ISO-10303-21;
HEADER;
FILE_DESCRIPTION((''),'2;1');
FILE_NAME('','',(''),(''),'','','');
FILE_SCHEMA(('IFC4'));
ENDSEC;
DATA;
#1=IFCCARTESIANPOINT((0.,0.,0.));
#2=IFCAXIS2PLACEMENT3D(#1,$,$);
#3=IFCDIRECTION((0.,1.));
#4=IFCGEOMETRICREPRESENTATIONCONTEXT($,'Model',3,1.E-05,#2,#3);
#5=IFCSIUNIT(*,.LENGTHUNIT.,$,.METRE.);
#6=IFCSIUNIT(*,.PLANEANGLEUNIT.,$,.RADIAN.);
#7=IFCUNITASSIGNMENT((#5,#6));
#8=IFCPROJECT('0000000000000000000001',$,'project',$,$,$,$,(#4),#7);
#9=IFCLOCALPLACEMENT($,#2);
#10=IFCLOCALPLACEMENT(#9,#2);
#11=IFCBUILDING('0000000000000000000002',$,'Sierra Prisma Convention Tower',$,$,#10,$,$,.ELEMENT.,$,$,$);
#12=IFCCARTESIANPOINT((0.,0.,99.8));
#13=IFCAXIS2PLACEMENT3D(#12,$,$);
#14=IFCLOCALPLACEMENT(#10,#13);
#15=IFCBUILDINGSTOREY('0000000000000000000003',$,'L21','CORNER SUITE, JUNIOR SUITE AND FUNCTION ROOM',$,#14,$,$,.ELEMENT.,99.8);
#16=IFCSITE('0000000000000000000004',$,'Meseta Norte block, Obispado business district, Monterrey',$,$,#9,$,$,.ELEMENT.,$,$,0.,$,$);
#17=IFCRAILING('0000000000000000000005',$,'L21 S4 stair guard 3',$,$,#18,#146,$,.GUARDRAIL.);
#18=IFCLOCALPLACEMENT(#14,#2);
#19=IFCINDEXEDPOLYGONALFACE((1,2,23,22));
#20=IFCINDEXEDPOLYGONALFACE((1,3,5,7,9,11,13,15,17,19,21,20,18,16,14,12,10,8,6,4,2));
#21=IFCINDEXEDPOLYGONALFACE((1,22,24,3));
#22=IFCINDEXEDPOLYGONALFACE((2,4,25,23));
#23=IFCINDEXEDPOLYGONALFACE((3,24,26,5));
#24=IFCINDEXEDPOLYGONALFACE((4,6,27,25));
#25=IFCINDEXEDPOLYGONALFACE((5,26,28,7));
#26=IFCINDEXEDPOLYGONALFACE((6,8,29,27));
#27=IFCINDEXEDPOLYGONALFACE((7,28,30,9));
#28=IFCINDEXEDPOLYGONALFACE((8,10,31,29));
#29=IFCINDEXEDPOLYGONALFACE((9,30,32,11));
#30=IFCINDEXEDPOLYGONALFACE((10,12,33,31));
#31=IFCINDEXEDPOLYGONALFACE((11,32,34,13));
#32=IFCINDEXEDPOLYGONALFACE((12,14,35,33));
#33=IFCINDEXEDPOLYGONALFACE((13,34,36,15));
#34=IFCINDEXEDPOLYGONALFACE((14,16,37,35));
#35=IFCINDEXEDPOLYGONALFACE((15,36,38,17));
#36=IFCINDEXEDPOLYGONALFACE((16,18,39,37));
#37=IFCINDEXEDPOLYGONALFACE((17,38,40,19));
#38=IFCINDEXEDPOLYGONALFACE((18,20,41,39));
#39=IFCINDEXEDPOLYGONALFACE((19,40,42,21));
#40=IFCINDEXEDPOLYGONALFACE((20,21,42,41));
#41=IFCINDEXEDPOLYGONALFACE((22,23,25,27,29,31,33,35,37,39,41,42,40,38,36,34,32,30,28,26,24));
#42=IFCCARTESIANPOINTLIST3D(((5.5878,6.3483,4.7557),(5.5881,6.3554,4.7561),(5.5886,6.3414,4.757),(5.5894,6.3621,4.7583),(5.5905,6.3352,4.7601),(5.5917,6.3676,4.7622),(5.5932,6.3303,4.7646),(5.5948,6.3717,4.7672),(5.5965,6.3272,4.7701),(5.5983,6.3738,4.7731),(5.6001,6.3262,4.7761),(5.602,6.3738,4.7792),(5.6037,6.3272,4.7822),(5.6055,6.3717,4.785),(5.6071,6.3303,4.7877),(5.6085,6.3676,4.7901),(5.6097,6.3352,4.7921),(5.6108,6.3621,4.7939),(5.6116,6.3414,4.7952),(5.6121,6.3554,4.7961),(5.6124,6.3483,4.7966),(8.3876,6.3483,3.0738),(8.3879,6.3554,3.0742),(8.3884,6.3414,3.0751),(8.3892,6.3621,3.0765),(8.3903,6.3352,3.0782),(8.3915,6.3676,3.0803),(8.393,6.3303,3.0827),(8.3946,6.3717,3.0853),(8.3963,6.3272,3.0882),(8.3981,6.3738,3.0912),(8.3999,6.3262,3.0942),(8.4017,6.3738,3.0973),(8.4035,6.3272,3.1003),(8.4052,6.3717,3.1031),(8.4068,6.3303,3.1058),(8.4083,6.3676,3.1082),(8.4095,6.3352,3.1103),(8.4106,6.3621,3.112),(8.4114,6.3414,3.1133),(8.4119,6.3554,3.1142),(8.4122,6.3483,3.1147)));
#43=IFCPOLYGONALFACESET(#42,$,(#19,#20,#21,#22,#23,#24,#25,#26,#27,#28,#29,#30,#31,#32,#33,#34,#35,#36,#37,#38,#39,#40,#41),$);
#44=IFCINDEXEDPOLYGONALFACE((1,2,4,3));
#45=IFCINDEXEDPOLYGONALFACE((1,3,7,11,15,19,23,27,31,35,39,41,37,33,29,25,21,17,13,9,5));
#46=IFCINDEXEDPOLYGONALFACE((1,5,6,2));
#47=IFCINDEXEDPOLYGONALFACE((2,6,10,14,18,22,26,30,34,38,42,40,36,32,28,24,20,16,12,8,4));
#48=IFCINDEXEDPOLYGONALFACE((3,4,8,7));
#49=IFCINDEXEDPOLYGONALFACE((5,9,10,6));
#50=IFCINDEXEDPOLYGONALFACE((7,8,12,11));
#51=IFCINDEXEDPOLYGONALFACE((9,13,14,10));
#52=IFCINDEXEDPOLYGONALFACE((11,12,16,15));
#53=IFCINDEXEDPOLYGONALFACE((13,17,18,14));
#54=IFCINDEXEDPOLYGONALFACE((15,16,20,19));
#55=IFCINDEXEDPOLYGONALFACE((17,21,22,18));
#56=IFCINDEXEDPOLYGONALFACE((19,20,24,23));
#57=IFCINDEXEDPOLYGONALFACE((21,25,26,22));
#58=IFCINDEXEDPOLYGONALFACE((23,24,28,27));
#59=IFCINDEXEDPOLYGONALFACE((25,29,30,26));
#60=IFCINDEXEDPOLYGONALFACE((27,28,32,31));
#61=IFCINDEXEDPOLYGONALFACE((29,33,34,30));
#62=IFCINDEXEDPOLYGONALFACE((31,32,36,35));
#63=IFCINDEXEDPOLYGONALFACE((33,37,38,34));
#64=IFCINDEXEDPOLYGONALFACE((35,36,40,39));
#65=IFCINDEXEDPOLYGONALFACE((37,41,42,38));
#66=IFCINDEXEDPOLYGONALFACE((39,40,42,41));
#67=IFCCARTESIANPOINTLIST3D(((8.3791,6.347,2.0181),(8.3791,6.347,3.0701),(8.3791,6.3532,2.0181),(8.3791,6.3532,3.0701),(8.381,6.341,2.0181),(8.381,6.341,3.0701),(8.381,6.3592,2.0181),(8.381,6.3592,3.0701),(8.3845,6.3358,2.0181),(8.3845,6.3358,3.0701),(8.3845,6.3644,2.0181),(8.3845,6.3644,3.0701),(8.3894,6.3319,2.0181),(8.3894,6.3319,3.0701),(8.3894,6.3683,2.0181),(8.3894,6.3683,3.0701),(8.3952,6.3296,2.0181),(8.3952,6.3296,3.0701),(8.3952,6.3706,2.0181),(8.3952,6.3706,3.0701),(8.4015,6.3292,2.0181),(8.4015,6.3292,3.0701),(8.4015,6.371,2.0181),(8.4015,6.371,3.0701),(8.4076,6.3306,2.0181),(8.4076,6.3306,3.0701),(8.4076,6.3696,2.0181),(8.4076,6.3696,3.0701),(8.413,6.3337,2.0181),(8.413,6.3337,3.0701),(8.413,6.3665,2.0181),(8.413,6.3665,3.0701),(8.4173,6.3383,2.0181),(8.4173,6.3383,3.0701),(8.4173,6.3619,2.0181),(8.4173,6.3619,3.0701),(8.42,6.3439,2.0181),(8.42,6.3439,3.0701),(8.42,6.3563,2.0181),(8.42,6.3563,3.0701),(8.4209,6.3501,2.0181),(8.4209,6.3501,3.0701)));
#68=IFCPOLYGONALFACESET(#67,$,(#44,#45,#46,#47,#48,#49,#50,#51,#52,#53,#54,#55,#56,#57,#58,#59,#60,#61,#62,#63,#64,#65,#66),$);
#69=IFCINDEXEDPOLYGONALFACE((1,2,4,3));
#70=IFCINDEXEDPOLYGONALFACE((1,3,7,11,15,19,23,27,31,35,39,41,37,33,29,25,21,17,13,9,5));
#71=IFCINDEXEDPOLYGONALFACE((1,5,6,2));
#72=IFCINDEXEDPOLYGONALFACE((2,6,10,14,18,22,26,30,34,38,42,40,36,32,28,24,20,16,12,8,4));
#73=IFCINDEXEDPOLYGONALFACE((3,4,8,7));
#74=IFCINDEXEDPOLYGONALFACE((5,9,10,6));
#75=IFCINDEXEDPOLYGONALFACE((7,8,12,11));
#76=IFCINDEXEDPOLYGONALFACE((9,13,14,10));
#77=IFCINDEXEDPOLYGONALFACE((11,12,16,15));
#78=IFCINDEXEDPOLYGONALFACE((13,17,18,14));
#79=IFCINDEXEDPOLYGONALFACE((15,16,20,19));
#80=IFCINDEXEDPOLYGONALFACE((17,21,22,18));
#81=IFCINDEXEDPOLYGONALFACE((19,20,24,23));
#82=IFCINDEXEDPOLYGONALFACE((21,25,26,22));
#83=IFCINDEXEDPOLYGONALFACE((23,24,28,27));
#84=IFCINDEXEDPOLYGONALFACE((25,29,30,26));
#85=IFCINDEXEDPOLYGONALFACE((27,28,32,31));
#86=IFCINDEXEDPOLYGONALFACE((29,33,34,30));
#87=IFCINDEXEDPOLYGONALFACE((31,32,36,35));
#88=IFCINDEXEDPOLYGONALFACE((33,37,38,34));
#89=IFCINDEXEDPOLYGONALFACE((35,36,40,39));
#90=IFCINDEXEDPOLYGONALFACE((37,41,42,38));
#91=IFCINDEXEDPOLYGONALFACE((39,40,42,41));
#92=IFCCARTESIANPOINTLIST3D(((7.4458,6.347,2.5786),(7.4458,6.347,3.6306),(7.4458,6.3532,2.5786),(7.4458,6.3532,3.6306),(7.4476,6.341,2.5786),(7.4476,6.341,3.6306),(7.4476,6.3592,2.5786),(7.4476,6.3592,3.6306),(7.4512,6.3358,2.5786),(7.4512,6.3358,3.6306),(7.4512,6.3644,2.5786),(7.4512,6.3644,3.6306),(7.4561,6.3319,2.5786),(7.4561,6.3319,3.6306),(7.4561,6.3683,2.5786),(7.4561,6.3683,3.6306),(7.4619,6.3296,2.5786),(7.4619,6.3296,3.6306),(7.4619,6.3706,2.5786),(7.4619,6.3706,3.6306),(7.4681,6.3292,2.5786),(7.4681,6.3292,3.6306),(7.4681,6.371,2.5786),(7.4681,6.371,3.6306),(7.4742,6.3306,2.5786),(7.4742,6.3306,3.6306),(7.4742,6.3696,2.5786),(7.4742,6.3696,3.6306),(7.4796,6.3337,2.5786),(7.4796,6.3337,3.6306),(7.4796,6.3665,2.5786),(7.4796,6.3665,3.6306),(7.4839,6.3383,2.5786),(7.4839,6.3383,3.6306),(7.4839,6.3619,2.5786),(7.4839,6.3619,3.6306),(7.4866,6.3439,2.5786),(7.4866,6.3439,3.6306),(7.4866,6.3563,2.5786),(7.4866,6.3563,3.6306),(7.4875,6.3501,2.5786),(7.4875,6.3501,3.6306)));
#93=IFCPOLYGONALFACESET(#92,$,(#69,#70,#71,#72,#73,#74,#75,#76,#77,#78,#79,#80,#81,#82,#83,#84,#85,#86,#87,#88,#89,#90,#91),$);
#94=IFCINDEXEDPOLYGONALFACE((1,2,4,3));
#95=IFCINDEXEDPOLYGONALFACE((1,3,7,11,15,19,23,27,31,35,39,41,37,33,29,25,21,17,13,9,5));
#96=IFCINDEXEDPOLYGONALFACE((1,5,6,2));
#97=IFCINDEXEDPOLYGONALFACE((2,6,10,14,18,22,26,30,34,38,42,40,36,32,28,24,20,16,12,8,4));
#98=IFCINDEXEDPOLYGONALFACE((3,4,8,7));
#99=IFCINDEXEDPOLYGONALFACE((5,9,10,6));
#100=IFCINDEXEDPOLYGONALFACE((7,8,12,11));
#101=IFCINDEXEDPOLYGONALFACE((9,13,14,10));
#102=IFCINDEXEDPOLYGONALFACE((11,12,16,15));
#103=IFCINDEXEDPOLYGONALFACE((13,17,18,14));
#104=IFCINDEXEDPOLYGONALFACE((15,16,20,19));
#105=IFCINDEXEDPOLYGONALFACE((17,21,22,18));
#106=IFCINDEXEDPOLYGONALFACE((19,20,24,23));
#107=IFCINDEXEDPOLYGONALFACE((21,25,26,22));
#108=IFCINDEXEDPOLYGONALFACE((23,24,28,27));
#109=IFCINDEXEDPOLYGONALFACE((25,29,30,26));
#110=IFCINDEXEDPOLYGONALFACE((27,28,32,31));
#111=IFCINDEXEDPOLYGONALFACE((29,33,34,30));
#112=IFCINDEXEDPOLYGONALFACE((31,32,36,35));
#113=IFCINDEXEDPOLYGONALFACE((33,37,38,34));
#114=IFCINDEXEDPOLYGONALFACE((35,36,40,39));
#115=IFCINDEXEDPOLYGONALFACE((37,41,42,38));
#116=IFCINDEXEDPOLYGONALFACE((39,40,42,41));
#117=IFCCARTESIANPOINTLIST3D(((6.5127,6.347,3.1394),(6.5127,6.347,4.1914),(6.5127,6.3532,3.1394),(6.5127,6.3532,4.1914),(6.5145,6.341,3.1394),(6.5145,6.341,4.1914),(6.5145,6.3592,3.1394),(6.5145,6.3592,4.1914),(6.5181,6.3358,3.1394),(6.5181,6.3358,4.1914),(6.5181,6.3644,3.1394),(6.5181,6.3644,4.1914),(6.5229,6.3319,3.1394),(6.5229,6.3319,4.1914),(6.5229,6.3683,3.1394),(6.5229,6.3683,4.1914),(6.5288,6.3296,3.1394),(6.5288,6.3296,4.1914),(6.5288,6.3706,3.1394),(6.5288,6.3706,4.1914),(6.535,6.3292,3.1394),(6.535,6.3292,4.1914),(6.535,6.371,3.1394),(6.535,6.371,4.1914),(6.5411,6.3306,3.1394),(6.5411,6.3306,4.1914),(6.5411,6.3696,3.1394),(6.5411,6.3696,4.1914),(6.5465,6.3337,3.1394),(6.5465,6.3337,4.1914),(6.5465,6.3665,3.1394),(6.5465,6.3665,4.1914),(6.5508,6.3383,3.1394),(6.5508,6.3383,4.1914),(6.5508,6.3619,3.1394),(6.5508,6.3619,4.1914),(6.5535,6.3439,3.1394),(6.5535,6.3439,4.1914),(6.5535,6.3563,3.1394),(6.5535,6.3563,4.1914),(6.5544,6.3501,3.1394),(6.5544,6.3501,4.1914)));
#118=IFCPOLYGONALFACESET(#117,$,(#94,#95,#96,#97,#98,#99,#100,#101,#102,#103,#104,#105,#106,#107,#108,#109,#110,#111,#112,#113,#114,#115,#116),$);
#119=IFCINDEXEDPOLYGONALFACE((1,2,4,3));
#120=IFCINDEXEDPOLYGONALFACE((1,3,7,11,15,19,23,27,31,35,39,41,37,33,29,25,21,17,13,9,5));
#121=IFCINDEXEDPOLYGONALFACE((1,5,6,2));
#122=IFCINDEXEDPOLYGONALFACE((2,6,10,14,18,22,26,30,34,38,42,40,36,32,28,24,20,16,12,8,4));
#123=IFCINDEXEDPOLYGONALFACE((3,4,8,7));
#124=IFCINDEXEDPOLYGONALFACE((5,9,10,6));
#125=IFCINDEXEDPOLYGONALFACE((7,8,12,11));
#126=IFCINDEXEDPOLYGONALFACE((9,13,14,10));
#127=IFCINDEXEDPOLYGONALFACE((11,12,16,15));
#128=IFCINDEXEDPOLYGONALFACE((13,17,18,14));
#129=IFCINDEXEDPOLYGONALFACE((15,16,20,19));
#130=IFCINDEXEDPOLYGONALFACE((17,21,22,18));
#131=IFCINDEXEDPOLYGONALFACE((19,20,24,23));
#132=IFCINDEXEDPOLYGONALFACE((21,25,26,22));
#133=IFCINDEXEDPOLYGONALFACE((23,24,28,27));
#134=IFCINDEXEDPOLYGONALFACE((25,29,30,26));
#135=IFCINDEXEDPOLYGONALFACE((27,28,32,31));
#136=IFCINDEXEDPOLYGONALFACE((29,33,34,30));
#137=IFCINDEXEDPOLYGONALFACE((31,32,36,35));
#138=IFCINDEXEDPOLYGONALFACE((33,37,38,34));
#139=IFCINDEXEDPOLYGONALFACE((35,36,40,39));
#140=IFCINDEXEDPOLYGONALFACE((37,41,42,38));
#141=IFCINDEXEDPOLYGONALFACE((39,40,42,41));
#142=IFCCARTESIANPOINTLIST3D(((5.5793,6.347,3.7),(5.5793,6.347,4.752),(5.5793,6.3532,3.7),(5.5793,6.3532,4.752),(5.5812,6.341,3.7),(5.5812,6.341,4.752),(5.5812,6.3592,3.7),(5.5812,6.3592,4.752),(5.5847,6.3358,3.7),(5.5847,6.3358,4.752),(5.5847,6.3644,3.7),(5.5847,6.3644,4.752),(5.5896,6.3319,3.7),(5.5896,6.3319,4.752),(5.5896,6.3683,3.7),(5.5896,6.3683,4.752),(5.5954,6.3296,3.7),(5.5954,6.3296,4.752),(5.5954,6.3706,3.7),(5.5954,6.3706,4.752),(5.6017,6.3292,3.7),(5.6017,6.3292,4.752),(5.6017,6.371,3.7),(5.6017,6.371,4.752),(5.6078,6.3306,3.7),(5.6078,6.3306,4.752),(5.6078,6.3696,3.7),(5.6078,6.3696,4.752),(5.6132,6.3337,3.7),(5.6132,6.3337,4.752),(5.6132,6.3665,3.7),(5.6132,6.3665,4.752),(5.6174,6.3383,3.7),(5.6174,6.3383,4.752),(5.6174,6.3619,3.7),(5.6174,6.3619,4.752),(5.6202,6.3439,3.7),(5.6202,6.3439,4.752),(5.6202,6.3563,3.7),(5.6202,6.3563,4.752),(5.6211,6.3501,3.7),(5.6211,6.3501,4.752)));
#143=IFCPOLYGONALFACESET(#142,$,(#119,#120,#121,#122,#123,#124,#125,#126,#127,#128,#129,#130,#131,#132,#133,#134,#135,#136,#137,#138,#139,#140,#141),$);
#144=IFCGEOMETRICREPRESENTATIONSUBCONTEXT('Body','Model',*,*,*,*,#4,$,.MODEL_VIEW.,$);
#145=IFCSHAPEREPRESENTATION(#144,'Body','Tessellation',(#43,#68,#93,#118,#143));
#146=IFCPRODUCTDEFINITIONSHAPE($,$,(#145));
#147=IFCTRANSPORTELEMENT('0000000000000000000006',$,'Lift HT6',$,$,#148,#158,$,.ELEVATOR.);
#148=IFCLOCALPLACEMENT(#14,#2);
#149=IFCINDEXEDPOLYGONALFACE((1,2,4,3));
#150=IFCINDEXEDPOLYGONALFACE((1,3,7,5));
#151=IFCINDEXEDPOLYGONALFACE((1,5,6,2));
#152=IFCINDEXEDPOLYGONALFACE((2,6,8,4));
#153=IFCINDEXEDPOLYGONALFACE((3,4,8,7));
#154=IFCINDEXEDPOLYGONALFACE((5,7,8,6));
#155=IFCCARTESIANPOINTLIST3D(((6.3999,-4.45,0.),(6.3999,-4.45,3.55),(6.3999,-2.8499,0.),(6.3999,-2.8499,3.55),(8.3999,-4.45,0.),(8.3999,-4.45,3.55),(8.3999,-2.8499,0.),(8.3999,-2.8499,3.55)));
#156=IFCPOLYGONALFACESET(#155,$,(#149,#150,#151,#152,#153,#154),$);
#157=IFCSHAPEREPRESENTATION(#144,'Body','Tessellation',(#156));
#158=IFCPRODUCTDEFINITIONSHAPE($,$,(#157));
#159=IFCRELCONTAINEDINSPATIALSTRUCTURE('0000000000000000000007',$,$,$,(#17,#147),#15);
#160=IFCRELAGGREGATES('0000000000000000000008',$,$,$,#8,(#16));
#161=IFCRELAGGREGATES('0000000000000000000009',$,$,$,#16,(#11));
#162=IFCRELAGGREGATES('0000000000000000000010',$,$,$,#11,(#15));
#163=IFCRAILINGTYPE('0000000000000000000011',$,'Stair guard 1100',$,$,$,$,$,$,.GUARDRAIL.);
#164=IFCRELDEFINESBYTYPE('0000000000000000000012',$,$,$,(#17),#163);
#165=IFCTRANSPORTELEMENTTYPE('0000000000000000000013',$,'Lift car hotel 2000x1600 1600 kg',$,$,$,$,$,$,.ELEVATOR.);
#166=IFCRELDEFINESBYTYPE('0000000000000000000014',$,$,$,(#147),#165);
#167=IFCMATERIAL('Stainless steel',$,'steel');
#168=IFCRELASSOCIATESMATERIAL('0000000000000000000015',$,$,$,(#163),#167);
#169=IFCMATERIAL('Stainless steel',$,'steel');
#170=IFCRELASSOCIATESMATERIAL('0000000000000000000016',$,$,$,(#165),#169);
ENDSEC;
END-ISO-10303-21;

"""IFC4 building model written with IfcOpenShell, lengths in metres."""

from ifc_helpers import new_model, si_unit, direction, frame, origin, origin_2d, place, context, subcontext, project, spatial, rectangle, circle, extrude, material, type_object, element, save


model = new_model("IFC4")

# Units and contexts
model_context = context("Model", 3, precision=1e-05, world=origin(), true_north=direction((0.0, 1.0)))
body_context = subcontext(model_context, "Body", "Model", "MODEL_VIEW")
ifc_project = project(units=[si_unit("LENGTHUNIT", "METRE"), si_unit("PLANEANGLEUNIT", "RADIAN")], contexts=[model_context])

# Site, building, storey
site_placement = place(None, origin())
site = spatial("IfcSite", under=ifc_project, at=site_placement, Name="Meseta Norte block, Obispado business district, Monterrey", CompositionType="ELEMENT", RefElevation=0.0)
building_placement = place(site_placement, origin())
building = spatial("IfcBuilding", under=site, at=building_placement, Name="Sierra Prisma Convention Tower", CompositionType="ELEMENT")
storey_placement = place(building_placement, frame((0.0, 0.0, 99.8)))
storey = spatial("IfcBuildingStorey", under=building, at=storey_placement, Name="L21", Description="CORNER SUITE, JUNIOR SUITE AND FUNCTION ROOM", CompositionType="ELEMENT", Elevation=99.8)

# Railing
ifc_material_1 = material(Name="Stainless steel", Category="steel")
railing_type = type_object("IfcRailingType", Name="Stair guard 1100", PredefinedType="GUARDRAIL", material=ifc_material_1)
railing_1_placement = place(storey_placement, frame((8.3999, 6.3501, 2.0181)))
element("IfcRailing", 1, at=railing_1_placement, inside=storey, type_object=railing_type, Name="L21 S4 stair guard 3", PredefinedType="GUARDRAIL", context=body_context, shape_type="SweptSolid", body=[
    extrude(circle(Radius=0.0239, at=origin_2d()), frame((0.0, 0.0, 1.0762), z_axis=(-0.857222, 0.0, 0.514946), x_axis=(0.0, -1.0, 0.0)), (0.0, 0.0, 1.0), 3.2661),
    extrude(circle(Radius=0.021, at=origin_2d()), origin(), (0.0, 0.0, 1.0), 1.052),
    extrude(circle(Radius=0.021, at=origin_2d()), frame((-0.9333, 0.0, 0.5605)), (0.0, 0.0, 1.0), 1.052),
    extrude(circle(Radius=0.021, at=origin_2d()), frame((-1.8665, 0.0, 1.1213)), (0.0, 0.0, 1.0), 1.052),
    extrude(circle(Radius=0.021, at=origin_2d()), frame((-2.7998, 0.0, 1.6819)), (0.0, 0.0, 1.0), 1.052),
])

# Transport element
ifc_material_2 = material(Name="Stainless steel", Category="steel")
transport_element_type = type_object("IfcTransportElementType", Name="Lift car hotel 2000x1600 1600 kg", PredefinedType="ELEVATOR", material=ifc_material_2)
transport_element_placement = place(storey_placement, frame((7.3999, -3.6499, 0.0), z_axis=(0.0, 0.0, 1.0), x_axis=(1.0, 0.0, 0.0)))
element("IfcTransportElement", 2, at=transport_element_placement, inside=storey, type_object=transport_element_type, Name="Lift HT6", PredefinedType="ELEVATOR", context=body_context, shape_type="SweptSolid", body=[
    extrude(rectangle(XDim=2.0, YDim=1.6001, at=origin_2d()), origin(), (0.0, 0.0, 1.0), 3.55),
])

save(model, "model.ifc")
